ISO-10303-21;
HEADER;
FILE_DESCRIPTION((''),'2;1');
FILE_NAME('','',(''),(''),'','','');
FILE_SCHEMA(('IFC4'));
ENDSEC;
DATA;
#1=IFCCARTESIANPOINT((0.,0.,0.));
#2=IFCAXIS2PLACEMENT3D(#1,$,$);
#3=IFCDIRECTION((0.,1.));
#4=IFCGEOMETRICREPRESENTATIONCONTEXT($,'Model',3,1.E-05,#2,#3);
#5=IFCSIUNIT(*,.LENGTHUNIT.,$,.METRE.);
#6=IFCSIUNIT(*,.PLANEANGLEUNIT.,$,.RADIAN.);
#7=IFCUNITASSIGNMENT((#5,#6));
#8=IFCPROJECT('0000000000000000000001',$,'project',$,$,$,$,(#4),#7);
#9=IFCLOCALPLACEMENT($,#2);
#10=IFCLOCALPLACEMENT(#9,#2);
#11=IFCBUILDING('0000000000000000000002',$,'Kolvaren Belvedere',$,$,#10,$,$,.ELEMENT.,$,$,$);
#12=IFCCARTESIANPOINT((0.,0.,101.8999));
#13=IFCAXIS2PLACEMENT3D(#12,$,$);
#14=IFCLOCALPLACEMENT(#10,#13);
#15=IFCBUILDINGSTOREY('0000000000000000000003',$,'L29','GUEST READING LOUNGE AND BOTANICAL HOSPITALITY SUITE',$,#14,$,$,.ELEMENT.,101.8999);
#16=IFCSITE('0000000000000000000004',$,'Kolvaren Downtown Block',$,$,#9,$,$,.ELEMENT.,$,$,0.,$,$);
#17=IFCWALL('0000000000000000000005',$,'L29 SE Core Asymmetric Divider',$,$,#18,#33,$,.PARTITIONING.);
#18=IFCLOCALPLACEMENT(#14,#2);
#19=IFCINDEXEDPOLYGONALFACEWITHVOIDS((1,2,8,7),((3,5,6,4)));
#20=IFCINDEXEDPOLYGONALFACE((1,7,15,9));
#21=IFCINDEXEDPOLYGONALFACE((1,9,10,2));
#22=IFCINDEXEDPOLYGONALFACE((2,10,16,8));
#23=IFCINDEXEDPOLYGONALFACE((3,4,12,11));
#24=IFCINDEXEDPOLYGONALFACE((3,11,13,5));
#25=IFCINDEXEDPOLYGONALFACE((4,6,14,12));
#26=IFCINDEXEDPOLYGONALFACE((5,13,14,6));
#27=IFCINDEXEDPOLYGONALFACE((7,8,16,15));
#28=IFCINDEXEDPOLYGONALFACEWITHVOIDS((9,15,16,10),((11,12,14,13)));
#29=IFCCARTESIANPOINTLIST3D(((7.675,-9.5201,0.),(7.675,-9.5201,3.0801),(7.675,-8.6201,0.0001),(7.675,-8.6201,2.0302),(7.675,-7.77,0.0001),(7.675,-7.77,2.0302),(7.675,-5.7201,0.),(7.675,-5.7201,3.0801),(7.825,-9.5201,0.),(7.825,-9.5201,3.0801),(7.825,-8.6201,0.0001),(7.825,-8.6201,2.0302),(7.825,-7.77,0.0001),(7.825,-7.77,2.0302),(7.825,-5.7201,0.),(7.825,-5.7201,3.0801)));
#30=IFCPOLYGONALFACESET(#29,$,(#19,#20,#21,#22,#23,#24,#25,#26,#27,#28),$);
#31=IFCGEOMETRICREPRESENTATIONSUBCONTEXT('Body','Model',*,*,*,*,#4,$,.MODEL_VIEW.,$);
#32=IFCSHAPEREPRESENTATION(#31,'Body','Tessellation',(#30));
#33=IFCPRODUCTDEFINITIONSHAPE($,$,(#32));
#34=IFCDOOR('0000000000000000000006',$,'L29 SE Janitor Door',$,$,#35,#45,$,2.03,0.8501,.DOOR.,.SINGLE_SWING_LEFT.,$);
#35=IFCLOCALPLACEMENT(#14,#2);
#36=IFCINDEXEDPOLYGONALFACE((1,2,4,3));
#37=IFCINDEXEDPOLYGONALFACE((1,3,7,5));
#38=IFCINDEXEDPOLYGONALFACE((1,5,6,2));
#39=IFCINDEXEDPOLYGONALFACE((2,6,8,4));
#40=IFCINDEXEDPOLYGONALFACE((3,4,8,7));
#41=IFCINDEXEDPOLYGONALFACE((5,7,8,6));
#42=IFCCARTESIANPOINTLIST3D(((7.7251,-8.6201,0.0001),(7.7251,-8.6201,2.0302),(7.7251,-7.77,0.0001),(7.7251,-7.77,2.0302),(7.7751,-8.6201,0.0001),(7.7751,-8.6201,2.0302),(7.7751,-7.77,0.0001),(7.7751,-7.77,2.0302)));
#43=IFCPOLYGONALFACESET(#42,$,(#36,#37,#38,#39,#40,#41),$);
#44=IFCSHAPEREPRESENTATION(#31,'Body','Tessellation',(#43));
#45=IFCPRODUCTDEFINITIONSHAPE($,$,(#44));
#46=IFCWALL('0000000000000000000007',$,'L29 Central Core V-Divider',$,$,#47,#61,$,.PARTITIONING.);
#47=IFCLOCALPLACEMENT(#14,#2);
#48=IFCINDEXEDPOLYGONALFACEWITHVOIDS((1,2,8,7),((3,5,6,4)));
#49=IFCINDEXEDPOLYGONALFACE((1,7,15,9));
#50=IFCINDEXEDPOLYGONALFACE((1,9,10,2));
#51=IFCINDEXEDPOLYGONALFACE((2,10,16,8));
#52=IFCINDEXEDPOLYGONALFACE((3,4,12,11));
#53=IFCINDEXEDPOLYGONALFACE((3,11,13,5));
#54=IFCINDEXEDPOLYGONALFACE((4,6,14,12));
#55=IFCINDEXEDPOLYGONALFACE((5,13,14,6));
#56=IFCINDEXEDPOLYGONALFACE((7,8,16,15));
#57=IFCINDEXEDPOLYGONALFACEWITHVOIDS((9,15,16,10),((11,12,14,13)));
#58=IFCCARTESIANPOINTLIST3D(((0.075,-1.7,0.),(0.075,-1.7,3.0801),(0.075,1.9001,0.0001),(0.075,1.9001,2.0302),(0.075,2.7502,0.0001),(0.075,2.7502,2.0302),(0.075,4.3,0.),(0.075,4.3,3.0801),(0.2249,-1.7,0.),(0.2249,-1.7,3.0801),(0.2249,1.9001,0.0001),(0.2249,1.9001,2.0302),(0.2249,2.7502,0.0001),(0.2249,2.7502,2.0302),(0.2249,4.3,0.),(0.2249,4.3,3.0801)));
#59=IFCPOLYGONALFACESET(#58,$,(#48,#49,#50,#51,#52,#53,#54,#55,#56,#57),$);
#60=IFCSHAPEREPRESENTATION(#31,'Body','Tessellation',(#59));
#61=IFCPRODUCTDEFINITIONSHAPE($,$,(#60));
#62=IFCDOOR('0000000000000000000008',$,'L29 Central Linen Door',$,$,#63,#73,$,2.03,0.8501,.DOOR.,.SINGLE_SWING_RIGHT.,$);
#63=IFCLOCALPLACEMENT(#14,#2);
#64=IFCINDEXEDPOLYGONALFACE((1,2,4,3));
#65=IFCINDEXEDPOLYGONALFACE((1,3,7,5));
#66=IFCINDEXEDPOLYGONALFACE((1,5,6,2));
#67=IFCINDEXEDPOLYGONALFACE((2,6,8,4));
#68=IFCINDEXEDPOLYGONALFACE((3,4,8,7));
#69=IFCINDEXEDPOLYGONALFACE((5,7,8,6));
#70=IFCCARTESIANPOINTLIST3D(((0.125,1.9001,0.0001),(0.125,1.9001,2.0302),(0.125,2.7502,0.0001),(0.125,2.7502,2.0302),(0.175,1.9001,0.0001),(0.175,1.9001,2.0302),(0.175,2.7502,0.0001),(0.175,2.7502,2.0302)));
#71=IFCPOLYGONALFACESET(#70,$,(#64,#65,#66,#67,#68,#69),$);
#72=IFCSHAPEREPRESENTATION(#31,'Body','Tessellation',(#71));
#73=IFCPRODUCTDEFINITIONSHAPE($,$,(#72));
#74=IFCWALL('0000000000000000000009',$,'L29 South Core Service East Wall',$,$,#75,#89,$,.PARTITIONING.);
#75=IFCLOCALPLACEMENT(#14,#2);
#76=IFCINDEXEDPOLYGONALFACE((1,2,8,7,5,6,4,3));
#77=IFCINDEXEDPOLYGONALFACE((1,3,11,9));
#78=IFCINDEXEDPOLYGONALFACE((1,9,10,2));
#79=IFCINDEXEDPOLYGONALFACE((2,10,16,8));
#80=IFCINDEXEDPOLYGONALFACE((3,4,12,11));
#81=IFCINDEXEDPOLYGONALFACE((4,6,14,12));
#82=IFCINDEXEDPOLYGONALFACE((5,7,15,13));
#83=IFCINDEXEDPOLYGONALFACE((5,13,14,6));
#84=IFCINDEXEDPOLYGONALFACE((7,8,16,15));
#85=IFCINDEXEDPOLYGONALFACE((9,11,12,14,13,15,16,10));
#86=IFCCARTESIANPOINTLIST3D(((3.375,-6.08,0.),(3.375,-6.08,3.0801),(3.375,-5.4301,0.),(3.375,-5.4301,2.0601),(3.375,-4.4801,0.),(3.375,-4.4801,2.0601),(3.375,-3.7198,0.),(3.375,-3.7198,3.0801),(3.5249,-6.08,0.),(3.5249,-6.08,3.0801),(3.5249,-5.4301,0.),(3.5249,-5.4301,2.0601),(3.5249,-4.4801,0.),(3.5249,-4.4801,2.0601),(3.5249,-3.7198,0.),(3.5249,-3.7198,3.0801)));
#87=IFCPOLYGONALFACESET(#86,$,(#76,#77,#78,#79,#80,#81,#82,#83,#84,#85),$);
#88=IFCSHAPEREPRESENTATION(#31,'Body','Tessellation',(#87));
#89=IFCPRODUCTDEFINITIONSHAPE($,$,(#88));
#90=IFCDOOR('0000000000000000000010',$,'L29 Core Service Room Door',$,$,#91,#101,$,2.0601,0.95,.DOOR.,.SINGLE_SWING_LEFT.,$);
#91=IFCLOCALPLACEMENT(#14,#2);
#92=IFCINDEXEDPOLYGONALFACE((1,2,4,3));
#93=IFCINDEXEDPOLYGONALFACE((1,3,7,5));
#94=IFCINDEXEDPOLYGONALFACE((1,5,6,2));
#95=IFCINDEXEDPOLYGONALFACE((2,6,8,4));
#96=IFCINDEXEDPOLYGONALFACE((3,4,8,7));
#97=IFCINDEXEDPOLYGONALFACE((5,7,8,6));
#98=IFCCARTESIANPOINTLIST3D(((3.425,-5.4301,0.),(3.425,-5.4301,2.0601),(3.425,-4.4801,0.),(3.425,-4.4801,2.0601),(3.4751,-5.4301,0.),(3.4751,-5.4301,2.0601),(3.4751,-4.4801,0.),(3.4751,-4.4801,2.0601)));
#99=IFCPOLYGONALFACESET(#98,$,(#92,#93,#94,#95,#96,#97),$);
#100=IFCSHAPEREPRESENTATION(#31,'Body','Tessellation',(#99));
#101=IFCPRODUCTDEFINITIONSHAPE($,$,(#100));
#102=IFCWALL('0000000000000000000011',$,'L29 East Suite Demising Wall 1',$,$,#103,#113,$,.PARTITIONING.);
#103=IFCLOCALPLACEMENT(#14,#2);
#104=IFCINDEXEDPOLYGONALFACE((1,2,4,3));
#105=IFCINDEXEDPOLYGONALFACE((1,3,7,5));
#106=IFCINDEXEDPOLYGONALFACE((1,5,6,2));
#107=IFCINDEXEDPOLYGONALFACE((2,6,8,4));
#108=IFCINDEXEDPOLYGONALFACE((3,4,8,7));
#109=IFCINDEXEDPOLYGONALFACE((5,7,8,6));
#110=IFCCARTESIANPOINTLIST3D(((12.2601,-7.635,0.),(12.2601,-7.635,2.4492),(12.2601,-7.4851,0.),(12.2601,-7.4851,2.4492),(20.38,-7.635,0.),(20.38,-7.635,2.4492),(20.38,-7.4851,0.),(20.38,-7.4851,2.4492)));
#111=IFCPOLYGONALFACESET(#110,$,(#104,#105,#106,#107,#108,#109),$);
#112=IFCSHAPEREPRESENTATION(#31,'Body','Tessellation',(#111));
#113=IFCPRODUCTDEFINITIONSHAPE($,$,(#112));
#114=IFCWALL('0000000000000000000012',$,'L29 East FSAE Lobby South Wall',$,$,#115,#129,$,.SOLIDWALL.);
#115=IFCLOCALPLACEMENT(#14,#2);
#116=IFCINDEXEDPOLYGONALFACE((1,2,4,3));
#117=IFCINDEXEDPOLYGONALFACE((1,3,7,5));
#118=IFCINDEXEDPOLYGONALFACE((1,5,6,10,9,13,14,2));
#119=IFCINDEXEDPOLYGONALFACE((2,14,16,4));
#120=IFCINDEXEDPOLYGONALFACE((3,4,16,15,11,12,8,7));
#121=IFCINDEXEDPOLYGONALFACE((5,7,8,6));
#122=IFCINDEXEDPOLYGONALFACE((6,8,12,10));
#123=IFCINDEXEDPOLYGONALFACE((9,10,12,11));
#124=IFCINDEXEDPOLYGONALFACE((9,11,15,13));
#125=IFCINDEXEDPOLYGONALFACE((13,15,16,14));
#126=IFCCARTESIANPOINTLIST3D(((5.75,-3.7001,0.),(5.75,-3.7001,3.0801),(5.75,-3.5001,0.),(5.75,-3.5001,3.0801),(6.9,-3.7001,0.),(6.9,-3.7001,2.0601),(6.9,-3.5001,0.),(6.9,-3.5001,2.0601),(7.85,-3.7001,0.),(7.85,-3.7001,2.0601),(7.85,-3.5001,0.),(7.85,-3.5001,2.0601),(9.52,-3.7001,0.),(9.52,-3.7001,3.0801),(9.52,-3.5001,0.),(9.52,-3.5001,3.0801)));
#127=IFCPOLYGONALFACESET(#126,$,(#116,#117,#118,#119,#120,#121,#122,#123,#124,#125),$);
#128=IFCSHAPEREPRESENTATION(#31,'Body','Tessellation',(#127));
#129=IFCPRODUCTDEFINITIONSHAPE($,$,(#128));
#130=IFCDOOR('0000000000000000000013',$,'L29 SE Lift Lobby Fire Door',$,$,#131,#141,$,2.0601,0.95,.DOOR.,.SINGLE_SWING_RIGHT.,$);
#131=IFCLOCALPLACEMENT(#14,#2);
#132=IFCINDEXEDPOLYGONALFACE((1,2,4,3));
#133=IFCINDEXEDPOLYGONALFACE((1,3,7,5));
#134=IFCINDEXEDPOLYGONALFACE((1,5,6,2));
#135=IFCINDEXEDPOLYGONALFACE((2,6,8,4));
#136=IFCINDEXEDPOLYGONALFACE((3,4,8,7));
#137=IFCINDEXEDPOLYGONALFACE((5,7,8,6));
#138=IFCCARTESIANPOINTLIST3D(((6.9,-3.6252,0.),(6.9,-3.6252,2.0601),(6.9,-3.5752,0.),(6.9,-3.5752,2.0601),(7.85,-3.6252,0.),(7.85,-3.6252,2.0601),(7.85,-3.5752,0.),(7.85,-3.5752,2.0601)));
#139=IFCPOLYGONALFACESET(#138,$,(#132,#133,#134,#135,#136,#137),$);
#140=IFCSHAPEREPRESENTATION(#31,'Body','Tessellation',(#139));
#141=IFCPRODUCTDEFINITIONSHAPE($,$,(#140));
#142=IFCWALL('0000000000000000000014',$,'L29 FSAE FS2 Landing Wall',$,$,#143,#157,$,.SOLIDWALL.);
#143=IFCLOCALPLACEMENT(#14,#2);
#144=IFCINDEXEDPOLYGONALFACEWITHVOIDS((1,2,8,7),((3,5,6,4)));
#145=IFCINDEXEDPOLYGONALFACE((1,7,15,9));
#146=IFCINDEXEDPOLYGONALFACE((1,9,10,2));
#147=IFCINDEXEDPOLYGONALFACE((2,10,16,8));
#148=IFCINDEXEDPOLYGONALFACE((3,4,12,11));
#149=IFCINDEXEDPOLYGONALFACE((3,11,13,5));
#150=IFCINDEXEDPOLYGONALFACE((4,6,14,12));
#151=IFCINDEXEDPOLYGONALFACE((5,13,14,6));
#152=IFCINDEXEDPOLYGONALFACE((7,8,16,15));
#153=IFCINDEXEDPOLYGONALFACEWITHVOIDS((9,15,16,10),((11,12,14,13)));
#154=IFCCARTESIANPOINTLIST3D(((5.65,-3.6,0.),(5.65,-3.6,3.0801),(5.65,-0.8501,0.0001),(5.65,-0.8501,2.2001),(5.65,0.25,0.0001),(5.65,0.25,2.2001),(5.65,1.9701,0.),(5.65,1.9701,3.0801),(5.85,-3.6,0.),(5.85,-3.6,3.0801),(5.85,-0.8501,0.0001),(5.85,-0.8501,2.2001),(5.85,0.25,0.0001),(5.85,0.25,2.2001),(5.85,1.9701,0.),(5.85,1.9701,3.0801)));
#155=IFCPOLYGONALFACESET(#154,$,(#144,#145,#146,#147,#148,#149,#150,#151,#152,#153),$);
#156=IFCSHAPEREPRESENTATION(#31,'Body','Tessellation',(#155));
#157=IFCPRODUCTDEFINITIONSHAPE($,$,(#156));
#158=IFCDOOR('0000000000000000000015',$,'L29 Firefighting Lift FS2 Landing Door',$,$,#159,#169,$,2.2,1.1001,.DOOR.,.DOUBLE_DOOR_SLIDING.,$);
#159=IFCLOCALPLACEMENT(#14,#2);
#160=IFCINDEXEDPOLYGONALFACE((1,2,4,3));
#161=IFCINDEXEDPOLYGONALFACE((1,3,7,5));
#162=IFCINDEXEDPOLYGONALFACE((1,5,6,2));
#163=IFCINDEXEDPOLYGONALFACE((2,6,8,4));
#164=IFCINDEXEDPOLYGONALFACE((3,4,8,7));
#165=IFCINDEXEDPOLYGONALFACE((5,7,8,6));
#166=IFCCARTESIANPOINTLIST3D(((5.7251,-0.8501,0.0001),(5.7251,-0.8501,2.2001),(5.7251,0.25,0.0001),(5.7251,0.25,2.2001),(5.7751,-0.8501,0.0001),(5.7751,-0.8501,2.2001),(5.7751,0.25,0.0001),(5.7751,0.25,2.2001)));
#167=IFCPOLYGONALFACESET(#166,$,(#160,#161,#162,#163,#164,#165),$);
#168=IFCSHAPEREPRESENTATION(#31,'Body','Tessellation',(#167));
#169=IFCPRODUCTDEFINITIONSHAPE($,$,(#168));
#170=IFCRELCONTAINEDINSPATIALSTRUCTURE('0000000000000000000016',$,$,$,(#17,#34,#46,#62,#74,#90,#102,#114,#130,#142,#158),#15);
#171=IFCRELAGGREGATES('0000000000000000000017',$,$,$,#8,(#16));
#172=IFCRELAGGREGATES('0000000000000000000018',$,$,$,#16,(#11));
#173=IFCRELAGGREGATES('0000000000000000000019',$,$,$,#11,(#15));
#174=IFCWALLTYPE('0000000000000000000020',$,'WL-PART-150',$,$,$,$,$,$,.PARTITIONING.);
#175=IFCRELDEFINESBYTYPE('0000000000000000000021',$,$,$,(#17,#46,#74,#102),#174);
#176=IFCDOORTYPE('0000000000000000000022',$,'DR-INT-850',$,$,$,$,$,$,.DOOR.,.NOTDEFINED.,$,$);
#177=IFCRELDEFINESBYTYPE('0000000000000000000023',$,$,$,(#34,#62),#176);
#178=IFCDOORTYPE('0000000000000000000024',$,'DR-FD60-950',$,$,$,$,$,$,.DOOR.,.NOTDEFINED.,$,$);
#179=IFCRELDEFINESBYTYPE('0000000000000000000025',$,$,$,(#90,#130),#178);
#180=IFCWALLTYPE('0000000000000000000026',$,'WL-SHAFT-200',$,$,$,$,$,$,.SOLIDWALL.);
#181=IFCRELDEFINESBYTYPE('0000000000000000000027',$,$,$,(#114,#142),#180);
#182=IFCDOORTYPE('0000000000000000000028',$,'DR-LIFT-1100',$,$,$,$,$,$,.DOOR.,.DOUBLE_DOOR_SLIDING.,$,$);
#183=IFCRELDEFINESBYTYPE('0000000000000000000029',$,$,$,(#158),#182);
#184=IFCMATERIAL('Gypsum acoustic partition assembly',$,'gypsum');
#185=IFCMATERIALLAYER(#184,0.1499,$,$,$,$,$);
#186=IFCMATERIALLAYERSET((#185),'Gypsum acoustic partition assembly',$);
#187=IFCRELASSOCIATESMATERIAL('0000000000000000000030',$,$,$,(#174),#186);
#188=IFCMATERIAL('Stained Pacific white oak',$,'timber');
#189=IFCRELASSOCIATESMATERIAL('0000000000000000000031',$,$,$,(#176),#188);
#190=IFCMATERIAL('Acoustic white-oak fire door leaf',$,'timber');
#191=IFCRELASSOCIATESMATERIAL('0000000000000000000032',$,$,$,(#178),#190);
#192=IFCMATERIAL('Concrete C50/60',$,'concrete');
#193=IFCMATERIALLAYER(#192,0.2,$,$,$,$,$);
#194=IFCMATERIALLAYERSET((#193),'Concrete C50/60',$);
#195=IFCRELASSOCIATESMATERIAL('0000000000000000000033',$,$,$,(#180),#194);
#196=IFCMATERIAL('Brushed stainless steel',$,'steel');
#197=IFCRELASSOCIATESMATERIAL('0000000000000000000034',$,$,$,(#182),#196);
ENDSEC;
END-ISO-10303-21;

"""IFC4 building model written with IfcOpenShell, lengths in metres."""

from ifc_helpers import new_model, si_unit, direction, frame, frame_2d, origin, place, context, subcontext, project, spatial, rectangle, extrude, material, layer, layer_set, type_object, element, fill, save


model = new_model("IFC4")

# Units and contexts
model_context = context("Model", 3, precision=1e-05, world=origin(), true_north=direction((0.0, 1.0)))
body_context = subcontext(model_context, "Body", "Model", "MODEL_VIEW")
ifc_project = project(units=[si_unit("LENGTHUNIT", "METRE"), si_unit("PLANEANGLEUNIT", "RADIAN")], contexts=[model_context])

# Site, building, storey
site_placement = place(None, origin())
site = spatial("IfcSite", under=ifc_project, at=site_placement, Name="Kolvaren Downtown Block", CompositionType="ELEMENT", RefElevation=0.0)
building_placement = place(site_placement, origin())
building = spatial("IfcBuilding", under=site, at=building_placement, Name="Kolvaren Belvedere", CompositionType="ELEMENT")
storey_placement = place(building_placement, frame((0.0, 0.0, 101.8999)))
storey = spatial("IfcBuildingStorey", under=building, at=storey_placement, Name="L29", Description="GUEST READING LOUNGE AND BOTANICAL HOSPITALITY SUITE", CompositionType="ELEMENT", Elevation=101.8999)

# Walls, openings, doors
ifc_material_1 = material(Name="Gypsum acoustic partition assembly", Category="gypsum")
ifc_layer_1 = layer(ifc_material_1, 0.1499)
ifc_layer_set_1 = layer_set([ifc_layer_1], Name="Gypsum acoustic partition assembly")
wall_type_1 = type_object("IfcWallType", Name="WL-PART-150", PredefinedType="PARTITIONING", material=ifc_layer_set_1)
wall_1_placement = place(storey_placement, frame((7.75, -9.52, 0.0), z_axis=(0.0, 0.0, 1.0), x_axis=(0.0, 1.0, 0.0)))
wall_1 = element("IfcWall", 1, at=wall_1_placement, inside=storey, type_object=wall_type_1, Name="L29 SE Core Asymmetric Divider", PredefinedType="PARTITIONING", context=body_context, shape_type="SweptSolid", body=[
    extrude(rectangle(XDim=3.8, YDim=0.1499, at=frame_2d((1.8999, 0.0))), origin(), (0.0, 0.0, 1.0), 3.0801),
])
opening_1_placement = place(wall_1_placement, frame((0.8999, 0.0, 0.0)))
opening_1 = element("IfcOpeningElement", 2, at=opening_1_placement, cuts=wall_1, PredefinedType="OPENING", context=body_context, shape_type="SweptSolid", body=[
    extrude(rectangle(XDim=0.8501, YDim=2.03, at=frame_2d((0.425, 1.0151))), frame((0.0, 0.085, 0.0), z_axis=(0.0, -1.0, 0.0), x_axis=(1.0, 0.0, 0.0)), (0.0, 0.0, 1.0), 0.1699),
])
ifc_material_2 = material(Name="Stained Pacific white oak", Category="timber")
door_type_1 = type_object("IfcDoorType", Name="DR-INT-850", OperationType="NOTDEFINED", PredefinedType="DOOR", material=ifc_material_2)
door_1_placement = place(opening_1_placement, origin())
door_1 = element("IfcDoor", 3, at=door_1_placement, inside=storey, type_object=door_type_1, Name="L29 SE Janitor Door", OperationType="SINGLE_SWING_LEFT", OverallHeight=2.03, OverallWidth=0.8501, PredefinedType="DOOR", context=body_context, shape_type="SweptSolid", body=[
    extrude(rectangle(XDim=0.8501, YDim=2.03, at=frame_2d((0.425, 1.0151))), frame((0.0, 0.0249, 0.0), z_axis=(0.0, -1.0, 0.0), x_axis=(1.0, 0.0, 0.0)), (0.0, 0.0, 1.0), 0.05),
])
fill(opening_1, door_1)
wall_2_placement = place(storey_placement, frame((0.1499, -1.7, 0.0), z_axis=(0.0, 0.0, 1.0), x_axis=(0.0, 1.0, 0.0)))
wall_2 = element("IfcWall", 4, at=wall_2_placement, inside=storey, type_object=wall_type_1, Name="L29 Central Core V-Divider", PredefinedType="PARTITIONING", context=body_context, shape_type="SweptSolid", body=[
    extrude(rectangle(XDim=6.0, YDim=0.1499, at=frame_2d((3.0, 0.0))), origin(), (0.0, 0.0, 1.0), 3.0801),
])
opening_2_placement = place(wall_2_placement, frame((3.6001, 0.0, 0.0)))
opening_2 = element("IfcOpeningElement", 5, at=opening_2_placement, cuts=wall_2, PredefinedType="OPENING", context=body_context, shape_type="SweptSolid", body=[
    extrude(rectangle(XDim=0.8501, YDim=2.03, at=frame_2d((0.425, 1.0151))), frame((0.0, 0.085, 0.0), z_axis=(0.0, -1.0, 0.0), x_axis=(1.0, 0.0, 0.0)), (0.0, 0.0, 1.0), 0.1699),
])
door_2_placement = place(opening_2_placement, origin())
door_2 = element("IfcDoor", 6, at=door_2_placement, inside=storey, type_object=door_type_1, Name="L29 Central Linen Door", OperationType="SINGLE_SWING_RIGHT", OverallHeight=2.03, OverallWidth=0.8501, PredefinedType="DOOR", context=body_context, shape_type="SweptSolid", body=[
    extrude(rectangle(XDim=0.8501, YDim=2.03, at=frame_2d((0.425, 1.0151))), frame((0.0, 0.0249, 0.0), z_axis=(0.0, -1.0, 0.0), x_axis=(1.0, 0.0, 0.0)), (0.0, 0.0, 1.0), 0.05),
])
fill(opening_2, door_2)
wall_3_placement = place(storey_placement, frame((3.45, -6.0801, 0.0), z_axis=(0.0, 0.0, 1.0), x_axis=(0.0, 1.0, 0.0)))
wall_3 = element("IfcWall", 7, at=wall_3_placement, inside=storey, type_object=wall_type_1, Name="L29 South Core Service East Wall", PredefinedType="PARTITIONING", context=body_context, shape_type="SweptSolid", body=[
    extrude(rectangle(XDim=2.3601, YDim=0.1499, at=frame_2d((1.1802, 0.0))), origin(), (0.0, 0.0, 1.0), 3.0801),
])
opening_3_placement = place(wall_3_placement, frame((0.6499, 0.0, 0.0)))
opening_3 = element("IfcOpeningElement", 8, at=opening_3_placement, cuts=wall_3, PredefinedType="OPENING", context=body_context, shape_type="SweptSolid", body=[
    extrude(rectangle(XDim=0.95, YDim=2.0601, at=frame_2d((0.4751, 1.03))), frame((0.0, 0.085, 0.0), z_axis=(0.0, -1.0, 0.0), x_axis=(1.0, 0.0, 0.0)), (0.0, 0.0, 1.0), 0.1699),
])
ifc_material_3 = material(Name="Acoustic white-oak fire door leaf", Category="timber")
door_type_2 = type_object("IfcDoorType", Name="DR-FD60-950", OperationType="NOTDEFINED", PredefinedType="DOOR", material=ifc_material_3)
door_3_placement = place(opening_3_placement, origin())
door_3 = element("IfcDoor", 9, at=door_3_placement, inside=storey, type_object=door_type_2, Name="L29 Core Service Room Door", OperationType="SINGLE_SWING_LEFT", OverallHeight=2.0601, OverallWidth=0.95, PredefinedType="DOOR", context=body_context, shape_type="SweptSolid", body=[
    extrude(rectangle(XDim=0.95, YDim=2.0601, at=frame_2d((0.4751, 1.03))), frame((0.0, 0.0249, 0.0), z_axis=(0.0, -1.0, 0.0), x_axis=(1.0, 0.0, 0.0)), (0.0, 0.0, 1.0), 0.05),
])
fill(opening_3, door_3)

# Wall
wall_4_placement = place(storey_placement, frame((12.26, -7.5601, 0.0), z_axis=(0.0, 0.0, 1.0), x_axis=(1.0, 0.0, 0.0)))
element("IfcWall", 10, at=wall_4_placement, inside=storey, type_object=wall_type_1, Name="L29 East Suite Demising Wall 1", PredefinedType="PARTITIONING", context=body_context, shape_type="SweptSolid", body=[
    extrude(rectangle(XDim=8.1199, YDim=0.1499, at=frame_2d((4.0601, 0.0))), origin(), (0.0, 0.0, 1.0), 2.4492),
])

# Walls, openings, doors
ifc_material_4 = material(Name="Concrete C50/60", Category="concrete")
ifc_layer_2 = layer(ifc_material_4, 0.2)
ifc_layer_set_2 = layer_set([ifc_layer_2], Name="Concrete C50/60")
wall_type_2 = type_object("IfcWallType", Name="WL-SHAFT-200", PredefinedType="SOLIDWALL", material=ifc_layer_set_2)
wall_5_placement = place(storey_placement, frame((5.75, -3.6001, 0.0), z_axis=(0.0, 0.0, 1.0), x_axis=(1.0, 0.0, 0.0)))
wall_5 = element("IfcWall", 11, at=wall_5_placement, inside=storey, type_object=wall_type_2, Name="L29 East FSAE Lobby South Wall", PredefinedType="SOLIDWALL", context=body_context, shape_type="SweptSolid", body=[
    extrude(rectangle(XDim=3.77, YDim=0.2, at=frame_2d((1.885, 0.0))), origin(), (0.0, 0.0, 1.0), 3.0801),
])
opening_4_placement = place(wall_5_placement, frame((1.1499, 0.0, 0.0)))
opening_4 = element("IfcOpeningElement", 12, at=opening_4_placement, cuts=wall_5, PredefinedType="OPENING", context=body_context, shape_type="SweptSolid", body=[
    extrude(rectangle(XDim=0.95, YDim=2.0601, at=frame_2d((0.4751, 1.03))), frame((0.0, 0.1099, 0.0), z_axis=(0.0, -1.0, 0.0), x_axis=(1.0, 0.0, 0.0)), (0.0, 0.0, 1.0), 0.22),
])
door_4_placement = place(opening_4_placement, origin())
door_4 = element("IfcDoor", 13, at=door_4_placement, inside=storey, type_object=door_type_2, Name="L29 SE Lift Lobby Fire Door", OperationType="SINGLE_SWING_RIGHT", OverallHeight=2.0601, OverallWidth=0.95, PredefinedType="DOOR", context=body_context, shape_type="SweptSolid", body=[
    extrude(rectangle(XDim=0.95, YDim=2.0601, at=frame_2d((0.4751, 1.03))), frame((0.0, 0.0249, 0.0), z_axis=(0.0, -1.0, 0.0), x_axis=(1.0, 0.0, 0.0)), (0.0, 0.0, 1.0), 0.05),
])
fill(opening_4, door_4)
wall_6_placement = place(storey_placement, frame((5.75, -3.6001, 0.0), z_axis=(0.0, 0.0, 1.0), x_axis=(0.0, 1.0, 0.0)))
wall_6 = element("IfcWall", 14, at=wall_6_placement, inside=storey, type_object=wall_type_2, Name="L29 FSAE FS2 Landing Wall", PredefinedType="SOLIDWALL", context=body_context, shape_type="SweptSolid", body=[
    extrude(rectangle(XDim=5.5701, YDim=0.2, at=frame_2d((2.7852, 0.0))), origin(), (0.0, 0.0, 1.0), 3.0801),
])
opening_5_placement = place(wall_6_placement, frame((2.75, 0.0, 0.0)))
opening_5 = element("IfcOpeningElement", 15, at=opening_5_placement, cuts=wall_6, PredefinedType="OPENING", context=body_context, shape_type="SweptSolid", body=[
    extrude(rectangle(XDim=1.1001, YDim=2.2, at=frame_2d((0.55, 1.1001))), frame((0.0, 0.1099, 0.0), z_axis=(0.0, -1.0, 0.0), x_axis=(1.0, 0.0, 0.0)), (0.0, 0.0, 1.0), 0.22),
])
ifc_material_5 = material(Name="Brushed stainless steel", Category="steel")
door_type_3 = type_object("IfcDoorType", Name="DR-LIFT-1100", OperationType="DOUBLE_DOOR_SLIDING", PredefinedType="DOOR", material=ifc_material_5)
door_5_placement = place(opening_5_placement, origin())
door_5 = element("IfcDoor", 16, at=door_5_placement, inside=storey, type_object=door_type_3, Name="L29 Firefighting Lift FS2 Landing Door", OperationType="DOUBLE_DOOR_SLIDING", OverallHeight=2.2, OverallWidth=1.1001, PredefinedType="DOOR", context=body_context, shape_type="SweptSolid", body=[
    extrude(rectangle(XDim=1.1001, YDim=2.2, at=frame_2d((0.55, 1.1001))), frame((0.0, 0.0249, 0.0), z_axis=(0.0, -1.0, 0.0), x_axis=(1.0, 0.0, 0.0)), (0.0, 0.0, 1.0), 0.05),
])
fill(opening_5, door_5)

save(model, "model.ifc")
